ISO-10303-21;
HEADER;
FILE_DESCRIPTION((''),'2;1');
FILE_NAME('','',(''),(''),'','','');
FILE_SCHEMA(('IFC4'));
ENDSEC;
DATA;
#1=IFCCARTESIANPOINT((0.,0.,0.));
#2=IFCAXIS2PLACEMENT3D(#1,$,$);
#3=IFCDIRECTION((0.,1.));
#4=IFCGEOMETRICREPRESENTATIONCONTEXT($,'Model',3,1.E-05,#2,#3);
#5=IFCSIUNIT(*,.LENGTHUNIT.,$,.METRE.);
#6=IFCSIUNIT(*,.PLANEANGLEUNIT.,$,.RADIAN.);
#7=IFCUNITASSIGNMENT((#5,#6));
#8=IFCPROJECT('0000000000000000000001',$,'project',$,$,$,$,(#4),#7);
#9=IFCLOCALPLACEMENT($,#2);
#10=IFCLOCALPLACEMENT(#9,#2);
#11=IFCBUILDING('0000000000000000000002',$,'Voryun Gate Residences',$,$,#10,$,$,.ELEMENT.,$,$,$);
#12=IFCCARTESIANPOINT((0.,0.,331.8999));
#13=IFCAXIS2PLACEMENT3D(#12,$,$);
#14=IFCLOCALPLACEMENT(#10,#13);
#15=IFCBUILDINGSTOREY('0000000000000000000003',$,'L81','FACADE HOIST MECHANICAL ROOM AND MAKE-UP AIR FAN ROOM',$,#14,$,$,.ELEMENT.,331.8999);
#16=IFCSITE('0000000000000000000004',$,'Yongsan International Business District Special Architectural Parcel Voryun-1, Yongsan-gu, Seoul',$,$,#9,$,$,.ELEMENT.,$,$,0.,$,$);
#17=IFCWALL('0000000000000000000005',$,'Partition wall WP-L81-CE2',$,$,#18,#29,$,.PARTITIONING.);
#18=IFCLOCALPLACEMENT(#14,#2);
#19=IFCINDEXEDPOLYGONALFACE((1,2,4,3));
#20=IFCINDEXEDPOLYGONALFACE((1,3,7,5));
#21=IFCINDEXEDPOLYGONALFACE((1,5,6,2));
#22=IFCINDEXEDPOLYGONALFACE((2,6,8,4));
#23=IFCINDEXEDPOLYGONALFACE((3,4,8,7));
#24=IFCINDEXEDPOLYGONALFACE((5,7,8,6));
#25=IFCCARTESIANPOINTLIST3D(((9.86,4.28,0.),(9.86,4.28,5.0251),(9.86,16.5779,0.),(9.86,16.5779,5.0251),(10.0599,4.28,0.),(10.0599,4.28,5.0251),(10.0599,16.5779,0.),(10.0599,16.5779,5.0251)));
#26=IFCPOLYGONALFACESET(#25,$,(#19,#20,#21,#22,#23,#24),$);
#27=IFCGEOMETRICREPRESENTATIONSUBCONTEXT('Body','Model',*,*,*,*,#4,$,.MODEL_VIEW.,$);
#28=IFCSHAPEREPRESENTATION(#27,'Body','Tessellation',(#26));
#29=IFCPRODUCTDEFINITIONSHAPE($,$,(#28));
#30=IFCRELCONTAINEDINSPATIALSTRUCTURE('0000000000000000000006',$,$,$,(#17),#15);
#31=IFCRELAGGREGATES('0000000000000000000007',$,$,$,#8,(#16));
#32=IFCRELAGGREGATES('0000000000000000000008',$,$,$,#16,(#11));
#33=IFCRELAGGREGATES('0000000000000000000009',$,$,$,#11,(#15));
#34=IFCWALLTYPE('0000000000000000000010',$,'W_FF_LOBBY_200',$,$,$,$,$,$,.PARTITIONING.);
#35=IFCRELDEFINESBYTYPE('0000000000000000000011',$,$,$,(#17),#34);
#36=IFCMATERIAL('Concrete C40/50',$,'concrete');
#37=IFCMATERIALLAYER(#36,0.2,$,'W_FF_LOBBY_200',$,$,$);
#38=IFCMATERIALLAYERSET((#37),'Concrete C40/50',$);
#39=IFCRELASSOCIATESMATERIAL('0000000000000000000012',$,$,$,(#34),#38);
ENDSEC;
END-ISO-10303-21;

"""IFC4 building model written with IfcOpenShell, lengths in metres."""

from ifc_helpers import new_model, si_unit, direction, frame, frame_2d, origin, place, context, subcontext, project, spatial, rectangle, extrude, material, layer, layer_set, type_object, element, save


model = new_model("IFC4")

# Units and contexts
model_context = context("Model", 3, precision=1e-05, world=origin(), true_north=direction((0.0, 1.0)))
body_context = subcontext(model_context, "Body", "Model", "MODEL_VIEW")
ifc_project = project(units=[si_unit("LENGTHUNIT", "METRE"), si_unit("PLANEANGLEUNIT", "RADIAN")], contexts=[model_context])

# Site, building, storey
site_placement = place(None, origin())
site = spatial("IfcSite", under=ifc_project, at=site_placement, Name="Yongsan International Business District Special Architectural Parcel Voryun-1, Yongsan-gu, Seoul", CompositionType="ELEMENT", RefElevation=0.0)
building_placement = place(site_placement, origin())
building = spatial("IfcBuilding", under=site, at=building_placement, Name="Voryun Gate Residences", CompositionType="ELEMENT")
storey_placement = place(building_placement, frame((0.0, 0.0, 331.8999)))
storey = spatial("IfcBuildingStorey", under=building, at=storey_placement, Name="L81", Description="FACADE HOIST MECHANICAL ROOM AND MAKE-UP AIR FAN ROOM", CompositionType="ELEMENT", Elevation=331.8999)

# Shared definitions
ifc_material_1 = material(Name="Concrete C40/50", Category="concrete")
ifc_layer_1 = layer(ifc_material_1, 0.2, Name="W_FF_LOBBY_200")
ifc_layer_set_1 = layer_set([ifc_layer_1], Name="Concrete C40/50")
wall_type_1 = type_object("IfcWallType", Name="W_FF_LOBBY_200", PredefinedType="PARTITIONING", material=ifc_layer_set_1)

# Wall
wall_1_placement = place(storey_placement, frame((9.96, 4.28, 0.0), z_axis=(0.0, 0.0, 1.0), x_axis=(0.0, 1.0, 0.0)))
element("IfcWall", 1, at=wall_1_placement, inside=storey, type_object=wall_type_1, Name="Partition wall WP-L81-CE2", PredefinedType="PARTITIONING", context=body_context, shape_type="SweptSolid", body=[
    extrude(rectangle(XDim=12.2979, YDim=0.2, at=frame_2d((6.1489, 0.0))), origin(), (0.0, 0.0, 1.0), 5.0251),
])

save(model, "model.ifc")
